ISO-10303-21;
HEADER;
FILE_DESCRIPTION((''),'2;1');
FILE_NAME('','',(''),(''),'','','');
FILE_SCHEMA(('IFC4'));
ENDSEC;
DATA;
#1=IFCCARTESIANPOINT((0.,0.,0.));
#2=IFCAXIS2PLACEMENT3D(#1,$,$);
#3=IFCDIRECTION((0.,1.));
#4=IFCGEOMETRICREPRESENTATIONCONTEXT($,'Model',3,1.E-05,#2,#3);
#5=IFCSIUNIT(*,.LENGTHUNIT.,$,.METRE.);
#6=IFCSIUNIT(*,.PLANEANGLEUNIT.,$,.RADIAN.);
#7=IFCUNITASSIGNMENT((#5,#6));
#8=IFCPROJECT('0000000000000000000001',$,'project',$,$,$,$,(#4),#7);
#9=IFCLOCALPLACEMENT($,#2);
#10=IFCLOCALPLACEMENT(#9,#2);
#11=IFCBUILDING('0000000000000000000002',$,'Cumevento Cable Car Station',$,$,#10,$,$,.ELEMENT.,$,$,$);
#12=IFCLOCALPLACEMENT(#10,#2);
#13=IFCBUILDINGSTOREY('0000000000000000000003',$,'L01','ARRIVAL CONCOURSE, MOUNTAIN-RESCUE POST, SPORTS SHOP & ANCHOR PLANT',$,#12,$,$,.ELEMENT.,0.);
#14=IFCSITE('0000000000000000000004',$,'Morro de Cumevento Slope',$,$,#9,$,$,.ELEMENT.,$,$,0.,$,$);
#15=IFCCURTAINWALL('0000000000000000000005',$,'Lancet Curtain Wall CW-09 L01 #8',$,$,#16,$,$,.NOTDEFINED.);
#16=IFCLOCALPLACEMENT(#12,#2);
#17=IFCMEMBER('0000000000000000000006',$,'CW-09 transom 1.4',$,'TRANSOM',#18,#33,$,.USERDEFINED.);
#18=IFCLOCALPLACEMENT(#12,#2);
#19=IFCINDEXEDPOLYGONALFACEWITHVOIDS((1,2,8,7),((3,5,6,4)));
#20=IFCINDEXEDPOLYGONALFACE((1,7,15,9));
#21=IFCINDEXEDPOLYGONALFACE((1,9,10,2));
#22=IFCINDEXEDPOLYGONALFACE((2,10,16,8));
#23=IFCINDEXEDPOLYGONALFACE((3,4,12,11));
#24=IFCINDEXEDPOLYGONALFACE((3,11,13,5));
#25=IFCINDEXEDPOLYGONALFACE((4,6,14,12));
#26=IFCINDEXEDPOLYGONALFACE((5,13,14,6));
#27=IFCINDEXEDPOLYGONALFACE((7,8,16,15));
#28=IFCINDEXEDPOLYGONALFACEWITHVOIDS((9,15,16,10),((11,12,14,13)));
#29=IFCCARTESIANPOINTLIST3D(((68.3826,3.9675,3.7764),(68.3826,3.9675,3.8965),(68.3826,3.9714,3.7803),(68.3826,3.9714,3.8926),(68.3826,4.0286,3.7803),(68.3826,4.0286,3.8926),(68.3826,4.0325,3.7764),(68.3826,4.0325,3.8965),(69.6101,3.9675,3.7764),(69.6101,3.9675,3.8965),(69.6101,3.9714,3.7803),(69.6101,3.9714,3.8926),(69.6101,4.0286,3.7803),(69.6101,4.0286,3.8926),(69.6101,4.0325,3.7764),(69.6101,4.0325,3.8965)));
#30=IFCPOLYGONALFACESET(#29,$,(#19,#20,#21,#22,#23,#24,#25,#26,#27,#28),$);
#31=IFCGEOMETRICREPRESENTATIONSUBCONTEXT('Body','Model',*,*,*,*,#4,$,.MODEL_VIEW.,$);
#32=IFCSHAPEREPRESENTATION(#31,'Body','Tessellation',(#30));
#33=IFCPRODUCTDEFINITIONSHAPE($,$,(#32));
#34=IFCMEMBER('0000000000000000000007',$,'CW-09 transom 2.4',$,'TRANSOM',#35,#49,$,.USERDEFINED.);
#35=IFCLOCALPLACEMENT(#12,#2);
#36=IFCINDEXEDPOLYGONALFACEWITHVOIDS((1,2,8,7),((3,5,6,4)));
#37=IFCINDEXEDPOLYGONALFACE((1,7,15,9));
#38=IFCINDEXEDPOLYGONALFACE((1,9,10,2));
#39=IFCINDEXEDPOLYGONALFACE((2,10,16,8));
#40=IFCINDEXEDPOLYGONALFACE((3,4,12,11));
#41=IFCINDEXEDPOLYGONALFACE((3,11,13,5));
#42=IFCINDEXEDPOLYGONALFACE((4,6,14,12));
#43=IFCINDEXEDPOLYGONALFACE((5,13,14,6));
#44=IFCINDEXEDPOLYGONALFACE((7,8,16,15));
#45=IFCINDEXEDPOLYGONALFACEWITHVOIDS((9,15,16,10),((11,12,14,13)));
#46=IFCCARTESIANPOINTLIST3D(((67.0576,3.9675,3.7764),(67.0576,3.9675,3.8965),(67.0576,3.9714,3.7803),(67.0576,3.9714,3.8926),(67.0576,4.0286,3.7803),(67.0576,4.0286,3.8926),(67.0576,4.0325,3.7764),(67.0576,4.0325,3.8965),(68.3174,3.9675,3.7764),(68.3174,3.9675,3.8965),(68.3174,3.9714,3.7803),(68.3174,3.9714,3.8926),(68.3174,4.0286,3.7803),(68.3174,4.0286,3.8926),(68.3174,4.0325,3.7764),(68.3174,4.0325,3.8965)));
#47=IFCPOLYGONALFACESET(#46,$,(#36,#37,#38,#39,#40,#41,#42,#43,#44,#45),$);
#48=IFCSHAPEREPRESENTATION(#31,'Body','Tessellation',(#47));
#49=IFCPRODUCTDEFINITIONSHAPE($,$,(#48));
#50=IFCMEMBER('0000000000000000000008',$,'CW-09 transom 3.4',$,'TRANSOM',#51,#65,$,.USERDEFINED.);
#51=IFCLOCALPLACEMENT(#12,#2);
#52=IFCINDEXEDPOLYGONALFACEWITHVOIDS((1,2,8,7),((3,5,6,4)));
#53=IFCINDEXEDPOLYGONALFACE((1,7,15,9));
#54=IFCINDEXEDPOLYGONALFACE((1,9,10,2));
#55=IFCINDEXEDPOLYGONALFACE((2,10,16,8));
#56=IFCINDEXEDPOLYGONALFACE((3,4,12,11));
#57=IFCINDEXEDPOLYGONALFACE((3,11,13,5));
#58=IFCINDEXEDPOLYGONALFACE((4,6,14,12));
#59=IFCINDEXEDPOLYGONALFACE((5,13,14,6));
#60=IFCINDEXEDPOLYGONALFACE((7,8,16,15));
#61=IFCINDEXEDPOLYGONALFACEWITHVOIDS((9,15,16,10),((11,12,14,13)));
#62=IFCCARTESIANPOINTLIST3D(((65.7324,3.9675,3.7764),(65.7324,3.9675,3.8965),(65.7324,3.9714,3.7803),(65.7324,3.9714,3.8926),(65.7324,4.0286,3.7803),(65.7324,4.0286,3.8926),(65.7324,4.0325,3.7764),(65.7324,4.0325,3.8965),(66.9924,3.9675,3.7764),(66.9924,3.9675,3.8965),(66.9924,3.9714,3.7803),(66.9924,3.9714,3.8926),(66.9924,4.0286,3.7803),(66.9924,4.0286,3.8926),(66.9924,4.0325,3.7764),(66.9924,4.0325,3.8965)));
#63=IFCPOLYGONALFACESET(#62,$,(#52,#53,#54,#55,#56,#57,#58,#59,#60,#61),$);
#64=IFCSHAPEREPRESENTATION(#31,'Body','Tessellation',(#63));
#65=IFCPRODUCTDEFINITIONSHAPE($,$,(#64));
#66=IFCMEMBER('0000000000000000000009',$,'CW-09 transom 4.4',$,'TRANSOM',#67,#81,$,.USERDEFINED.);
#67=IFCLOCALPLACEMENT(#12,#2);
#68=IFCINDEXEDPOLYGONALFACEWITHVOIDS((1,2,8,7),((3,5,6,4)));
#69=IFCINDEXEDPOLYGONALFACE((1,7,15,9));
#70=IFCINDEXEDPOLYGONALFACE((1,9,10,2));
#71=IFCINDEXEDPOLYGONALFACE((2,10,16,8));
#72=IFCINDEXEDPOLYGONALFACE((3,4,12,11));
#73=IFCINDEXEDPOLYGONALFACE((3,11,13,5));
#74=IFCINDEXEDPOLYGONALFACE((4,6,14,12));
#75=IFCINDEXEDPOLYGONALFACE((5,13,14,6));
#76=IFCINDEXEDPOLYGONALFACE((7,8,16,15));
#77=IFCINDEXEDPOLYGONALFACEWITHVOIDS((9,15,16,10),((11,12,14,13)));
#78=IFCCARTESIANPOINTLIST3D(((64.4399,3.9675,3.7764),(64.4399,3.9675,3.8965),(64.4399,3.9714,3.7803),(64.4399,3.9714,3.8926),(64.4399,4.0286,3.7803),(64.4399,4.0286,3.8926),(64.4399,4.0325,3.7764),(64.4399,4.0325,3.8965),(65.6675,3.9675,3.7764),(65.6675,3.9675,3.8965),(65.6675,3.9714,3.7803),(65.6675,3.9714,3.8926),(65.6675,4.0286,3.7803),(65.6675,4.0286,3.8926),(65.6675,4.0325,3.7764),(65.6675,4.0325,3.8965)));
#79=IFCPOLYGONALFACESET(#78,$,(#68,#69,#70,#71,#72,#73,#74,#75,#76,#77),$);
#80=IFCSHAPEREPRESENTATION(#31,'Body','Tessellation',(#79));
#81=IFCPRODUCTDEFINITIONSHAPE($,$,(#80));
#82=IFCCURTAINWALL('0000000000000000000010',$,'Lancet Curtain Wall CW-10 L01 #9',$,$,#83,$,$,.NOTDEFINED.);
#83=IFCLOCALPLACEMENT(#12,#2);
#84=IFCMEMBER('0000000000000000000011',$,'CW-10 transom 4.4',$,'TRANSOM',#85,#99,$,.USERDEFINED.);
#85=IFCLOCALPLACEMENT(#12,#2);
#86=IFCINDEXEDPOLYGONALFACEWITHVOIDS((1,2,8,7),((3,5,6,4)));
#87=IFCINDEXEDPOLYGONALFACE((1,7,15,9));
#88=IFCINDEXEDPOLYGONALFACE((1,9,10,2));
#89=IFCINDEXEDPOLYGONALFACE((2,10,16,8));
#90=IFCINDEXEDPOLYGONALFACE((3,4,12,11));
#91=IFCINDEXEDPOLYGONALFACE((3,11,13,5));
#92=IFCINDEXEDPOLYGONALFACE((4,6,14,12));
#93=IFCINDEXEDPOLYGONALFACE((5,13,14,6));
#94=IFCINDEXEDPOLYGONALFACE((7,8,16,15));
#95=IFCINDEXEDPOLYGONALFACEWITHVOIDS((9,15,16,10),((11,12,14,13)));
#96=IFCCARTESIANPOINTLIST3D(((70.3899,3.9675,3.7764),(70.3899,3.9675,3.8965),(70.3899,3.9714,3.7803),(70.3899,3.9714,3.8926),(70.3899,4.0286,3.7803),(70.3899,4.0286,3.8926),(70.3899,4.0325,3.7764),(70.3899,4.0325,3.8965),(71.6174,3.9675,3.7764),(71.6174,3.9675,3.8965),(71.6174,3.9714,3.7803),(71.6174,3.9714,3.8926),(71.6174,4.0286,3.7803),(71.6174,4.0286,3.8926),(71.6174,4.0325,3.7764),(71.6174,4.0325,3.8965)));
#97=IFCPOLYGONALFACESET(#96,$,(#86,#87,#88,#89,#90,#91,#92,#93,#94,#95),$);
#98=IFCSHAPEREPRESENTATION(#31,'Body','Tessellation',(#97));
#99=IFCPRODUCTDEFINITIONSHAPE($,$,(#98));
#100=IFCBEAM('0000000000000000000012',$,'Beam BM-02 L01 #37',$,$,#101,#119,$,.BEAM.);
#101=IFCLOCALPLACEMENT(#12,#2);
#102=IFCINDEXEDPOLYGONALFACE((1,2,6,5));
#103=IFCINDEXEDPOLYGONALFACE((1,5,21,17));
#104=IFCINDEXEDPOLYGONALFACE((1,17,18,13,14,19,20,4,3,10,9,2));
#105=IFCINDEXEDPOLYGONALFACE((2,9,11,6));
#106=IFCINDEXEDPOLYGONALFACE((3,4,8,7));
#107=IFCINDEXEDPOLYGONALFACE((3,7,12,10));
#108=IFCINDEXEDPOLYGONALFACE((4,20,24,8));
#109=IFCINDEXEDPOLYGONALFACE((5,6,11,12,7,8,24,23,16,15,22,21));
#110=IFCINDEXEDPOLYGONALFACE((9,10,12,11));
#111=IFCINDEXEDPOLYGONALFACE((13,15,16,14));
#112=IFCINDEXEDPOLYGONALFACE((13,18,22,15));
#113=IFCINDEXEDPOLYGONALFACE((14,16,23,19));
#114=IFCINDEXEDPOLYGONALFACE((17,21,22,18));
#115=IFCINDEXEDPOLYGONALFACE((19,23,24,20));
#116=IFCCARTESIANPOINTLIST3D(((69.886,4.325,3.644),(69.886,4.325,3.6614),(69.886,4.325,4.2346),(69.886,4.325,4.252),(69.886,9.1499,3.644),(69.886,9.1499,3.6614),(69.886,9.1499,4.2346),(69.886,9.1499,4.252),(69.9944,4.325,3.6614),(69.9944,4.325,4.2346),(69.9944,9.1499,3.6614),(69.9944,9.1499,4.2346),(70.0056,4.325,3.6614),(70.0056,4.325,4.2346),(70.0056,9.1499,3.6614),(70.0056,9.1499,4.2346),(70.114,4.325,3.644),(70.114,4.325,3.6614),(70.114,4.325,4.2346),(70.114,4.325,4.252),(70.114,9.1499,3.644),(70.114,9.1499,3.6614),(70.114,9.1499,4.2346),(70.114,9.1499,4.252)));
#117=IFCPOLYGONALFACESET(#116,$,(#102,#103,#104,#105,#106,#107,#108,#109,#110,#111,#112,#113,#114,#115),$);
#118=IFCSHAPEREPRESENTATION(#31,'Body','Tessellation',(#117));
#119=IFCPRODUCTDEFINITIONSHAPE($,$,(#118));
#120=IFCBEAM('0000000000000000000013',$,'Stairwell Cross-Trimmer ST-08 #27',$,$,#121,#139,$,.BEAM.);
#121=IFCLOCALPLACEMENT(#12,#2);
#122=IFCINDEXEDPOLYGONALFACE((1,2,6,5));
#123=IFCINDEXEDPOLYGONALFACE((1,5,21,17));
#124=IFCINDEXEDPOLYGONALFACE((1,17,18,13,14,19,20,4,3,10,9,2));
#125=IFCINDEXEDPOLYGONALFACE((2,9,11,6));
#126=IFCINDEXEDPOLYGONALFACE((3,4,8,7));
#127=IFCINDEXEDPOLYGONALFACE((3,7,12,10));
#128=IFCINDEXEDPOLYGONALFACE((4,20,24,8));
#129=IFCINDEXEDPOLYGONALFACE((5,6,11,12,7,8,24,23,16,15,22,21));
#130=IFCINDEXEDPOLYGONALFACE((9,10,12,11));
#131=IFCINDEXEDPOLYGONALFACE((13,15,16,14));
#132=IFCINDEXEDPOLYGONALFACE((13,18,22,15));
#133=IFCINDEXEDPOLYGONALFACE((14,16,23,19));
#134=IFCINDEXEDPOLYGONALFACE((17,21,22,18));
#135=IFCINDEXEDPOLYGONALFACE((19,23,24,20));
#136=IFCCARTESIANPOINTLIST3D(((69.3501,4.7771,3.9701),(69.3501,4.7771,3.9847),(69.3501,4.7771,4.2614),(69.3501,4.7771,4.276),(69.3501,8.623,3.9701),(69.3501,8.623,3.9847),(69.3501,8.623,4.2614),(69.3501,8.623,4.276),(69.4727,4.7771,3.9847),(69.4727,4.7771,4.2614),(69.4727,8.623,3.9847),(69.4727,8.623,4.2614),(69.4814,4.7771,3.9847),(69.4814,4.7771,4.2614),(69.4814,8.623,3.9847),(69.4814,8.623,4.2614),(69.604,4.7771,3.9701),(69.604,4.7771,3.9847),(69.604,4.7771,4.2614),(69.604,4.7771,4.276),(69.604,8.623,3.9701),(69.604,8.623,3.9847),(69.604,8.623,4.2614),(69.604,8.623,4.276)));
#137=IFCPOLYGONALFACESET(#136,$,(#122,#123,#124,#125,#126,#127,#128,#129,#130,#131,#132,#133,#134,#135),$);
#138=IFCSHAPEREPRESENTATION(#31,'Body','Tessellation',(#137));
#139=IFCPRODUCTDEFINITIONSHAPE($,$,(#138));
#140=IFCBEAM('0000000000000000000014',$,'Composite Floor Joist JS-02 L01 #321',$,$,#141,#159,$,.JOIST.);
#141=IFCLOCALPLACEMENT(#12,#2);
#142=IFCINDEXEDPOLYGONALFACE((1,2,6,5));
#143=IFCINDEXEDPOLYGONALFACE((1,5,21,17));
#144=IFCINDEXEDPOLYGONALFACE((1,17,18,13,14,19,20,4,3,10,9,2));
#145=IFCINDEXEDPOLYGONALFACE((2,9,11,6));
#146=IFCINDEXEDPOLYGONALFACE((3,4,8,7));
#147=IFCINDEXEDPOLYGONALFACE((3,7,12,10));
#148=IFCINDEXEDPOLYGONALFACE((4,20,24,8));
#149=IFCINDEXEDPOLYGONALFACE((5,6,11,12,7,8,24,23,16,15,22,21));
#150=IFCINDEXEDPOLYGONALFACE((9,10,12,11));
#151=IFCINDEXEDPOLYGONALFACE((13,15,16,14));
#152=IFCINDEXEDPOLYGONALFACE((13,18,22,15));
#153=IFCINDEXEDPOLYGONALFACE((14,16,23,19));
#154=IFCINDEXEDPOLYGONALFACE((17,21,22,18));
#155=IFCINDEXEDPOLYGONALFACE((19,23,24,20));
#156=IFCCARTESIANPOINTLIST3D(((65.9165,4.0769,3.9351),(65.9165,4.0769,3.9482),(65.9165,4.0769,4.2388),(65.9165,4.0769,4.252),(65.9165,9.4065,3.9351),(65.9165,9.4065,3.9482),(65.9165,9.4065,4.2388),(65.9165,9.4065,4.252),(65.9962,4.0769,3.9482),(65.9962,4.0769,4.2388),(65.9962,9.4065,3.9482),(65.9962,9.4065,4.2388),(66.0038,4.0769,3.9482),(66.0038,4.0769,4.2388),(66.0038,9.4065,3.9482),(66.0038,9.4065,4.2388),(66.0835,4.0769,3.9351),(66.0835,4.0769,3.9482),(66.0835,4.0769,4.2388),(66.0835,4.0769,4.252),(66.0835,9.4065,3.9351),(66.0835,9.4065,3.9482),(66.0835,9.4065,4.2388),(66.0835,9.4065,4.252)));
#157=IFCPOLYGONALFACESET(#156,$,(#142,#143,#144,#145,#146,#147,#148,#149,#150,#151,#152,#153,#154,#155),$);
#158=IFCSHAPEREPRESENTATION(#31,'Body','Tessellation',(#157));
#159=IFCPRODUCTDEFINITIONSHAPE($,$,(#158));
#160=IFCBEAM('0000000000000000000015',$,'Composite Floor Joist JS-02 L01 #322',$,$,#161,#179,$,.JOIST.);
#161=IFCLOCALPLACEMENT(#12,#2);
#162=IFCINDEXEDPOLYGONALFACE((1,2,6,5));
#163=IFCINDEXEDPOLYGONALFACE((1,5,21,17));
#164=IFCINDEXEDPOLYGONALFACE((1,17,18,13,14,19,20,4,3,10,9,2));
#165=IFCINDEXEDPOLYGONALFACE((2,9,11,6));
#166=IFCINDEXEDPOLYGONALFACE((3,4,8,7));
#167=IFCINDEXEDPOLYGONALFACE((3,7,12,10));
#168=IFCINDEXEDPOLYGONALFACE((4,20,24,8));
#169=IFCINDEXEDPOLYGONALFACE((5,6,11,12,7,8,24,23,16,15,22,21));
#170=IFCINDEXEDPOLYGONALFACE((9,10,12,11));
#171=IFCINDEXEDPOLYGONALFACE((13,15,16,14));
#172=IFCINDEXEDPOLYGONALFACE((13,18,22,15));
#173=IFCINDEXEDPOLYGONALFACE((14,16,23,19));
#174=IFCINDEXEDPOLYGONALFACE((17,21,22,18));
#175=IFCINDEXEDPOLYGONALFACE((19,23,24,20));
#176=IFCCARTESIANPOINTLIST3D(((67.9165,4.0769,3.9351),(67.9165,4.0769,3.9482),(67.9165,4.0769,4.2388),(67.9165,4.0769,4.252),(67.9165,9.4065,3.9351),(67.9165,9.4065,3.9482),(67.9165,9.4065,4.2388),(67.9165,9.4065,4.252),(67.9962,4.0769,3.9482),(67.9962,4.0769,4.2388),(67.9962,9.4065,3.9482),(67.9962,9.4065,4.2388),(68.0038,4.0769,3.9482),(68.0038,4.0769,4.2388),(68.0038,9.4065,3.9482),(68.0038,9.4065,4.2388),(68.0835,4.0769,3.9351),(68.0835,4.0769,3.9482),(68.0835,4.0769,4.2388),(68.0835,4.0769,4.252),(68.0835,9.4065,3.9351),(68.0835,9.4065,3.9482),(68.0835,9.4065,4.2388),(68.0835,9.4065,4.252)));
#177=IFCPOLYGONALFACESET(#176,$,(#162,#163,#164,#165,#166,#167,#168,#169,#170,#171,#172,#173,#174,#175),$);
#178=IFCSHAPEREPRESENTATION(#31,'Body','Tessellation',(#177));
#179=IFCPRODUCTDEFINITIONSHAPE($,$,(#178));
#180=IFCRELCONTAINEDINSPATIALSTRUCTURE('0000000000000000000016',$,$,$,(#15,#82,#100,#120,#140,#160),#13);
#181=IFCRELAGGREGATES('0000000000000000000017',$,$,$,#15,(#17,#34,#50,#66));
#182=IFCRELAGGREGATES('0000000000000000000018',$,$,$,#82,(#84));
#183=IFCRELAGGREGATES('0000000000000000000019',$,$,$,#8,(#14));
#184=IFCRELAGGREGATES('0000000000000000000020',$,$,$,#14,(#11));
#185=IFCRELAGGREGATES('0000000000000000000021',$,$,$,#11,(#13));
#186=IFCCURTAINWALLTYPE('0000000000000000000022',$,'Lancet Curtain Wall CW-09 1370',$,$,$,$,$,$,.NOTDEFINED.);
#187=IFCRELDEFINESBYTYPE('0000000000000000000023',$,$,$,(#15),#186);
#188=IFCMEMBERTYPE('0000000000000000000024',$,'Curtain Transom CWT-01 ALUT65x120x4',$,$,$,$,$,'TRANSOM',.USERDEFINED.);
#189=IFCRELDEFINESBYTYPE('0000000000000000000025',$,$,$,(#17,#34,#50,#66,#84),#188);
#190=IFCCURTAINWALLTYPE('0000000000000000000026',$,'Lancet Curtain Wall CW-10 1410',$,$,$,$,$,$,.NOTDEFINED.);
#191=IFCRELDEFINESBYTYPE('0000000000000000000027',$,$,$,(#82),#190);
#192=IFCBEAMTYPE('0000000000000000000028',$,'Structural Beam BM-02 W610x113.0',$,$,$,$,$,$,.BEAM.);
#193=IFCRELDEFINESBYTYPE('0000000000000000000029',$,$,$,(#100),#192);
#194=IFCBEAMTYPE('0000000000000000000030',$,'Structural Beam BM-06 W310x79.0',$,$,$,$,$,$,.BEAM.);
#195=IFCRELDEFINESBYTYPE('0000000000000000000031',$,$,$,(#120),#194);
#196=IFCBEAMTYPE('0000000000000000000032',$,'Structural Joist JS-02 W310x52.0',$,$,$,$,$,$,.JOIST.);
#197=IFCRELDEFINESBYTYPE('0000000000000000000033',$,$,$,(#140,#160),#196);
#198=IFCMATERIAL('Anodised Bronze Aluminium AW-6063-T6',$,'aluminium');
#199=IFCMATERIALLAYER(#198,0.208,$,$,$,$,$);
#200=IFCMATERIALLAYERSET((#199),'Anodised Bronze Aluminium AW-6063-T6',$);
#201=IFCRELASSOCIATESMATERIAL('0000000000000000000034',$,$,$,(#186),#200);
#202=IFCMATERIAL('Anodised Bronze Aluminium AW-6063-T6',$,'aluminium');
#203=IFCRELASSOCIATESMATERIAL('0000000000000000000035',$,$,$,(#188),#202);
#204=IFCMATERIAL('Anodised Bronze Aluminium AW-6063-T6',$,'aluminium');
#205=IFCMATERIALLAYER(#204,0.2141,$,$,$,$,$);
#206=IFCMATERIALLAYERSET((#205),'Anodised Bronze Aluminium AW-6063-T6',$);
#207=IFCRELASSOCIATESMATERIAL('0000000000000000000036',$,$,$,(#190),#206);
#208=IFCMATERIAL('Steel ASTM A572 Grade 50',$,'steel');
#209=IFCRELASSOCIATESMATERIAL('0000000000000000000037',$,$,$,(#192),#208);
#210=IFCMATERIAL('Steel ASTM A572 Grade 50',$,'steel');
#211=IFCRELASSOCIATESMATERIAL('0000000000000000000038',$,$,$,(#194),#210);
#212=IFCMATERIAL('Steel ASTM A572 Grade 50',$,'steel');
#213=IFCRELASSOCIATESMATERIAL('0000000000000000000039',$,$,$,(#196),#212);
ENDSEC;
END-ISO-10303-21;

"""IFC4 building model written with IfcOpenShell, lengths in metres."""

from ifc_helpers import new_model, si_unit, direction, frame, origin, origin_2d, place, context, subcontext, project, spatial, hollow_rectangle, i_section, extrude, material, layer, layer_set, material_profile, profile_set, type_object, element, aggregate, save


model = new_model("IFC4")

# Units and contexts
model_context = context("Model", 3, precision=1e-05, world=origin(), true_north=direction((0.0, 1.0)))
body_context = subcontext(model_context, "Body", "Model", "MODEL_VIEW")
ifc_project = project(units=[si_unit("LENGTHUNIT", "METRE"), si_unit("PLANEANGLEUNIT", "RADIAN")], contexts=[model_context])

# Site, building, storey
site_placement = place(None, origin())
site = spatial("IfcSite", under=ifc_project, at=site_placement, Name="Morro de Cumevento Slope", CompositionType="ELEMENT", RefElevation=0.0)
building_placement = place(site_placement, origin())
building = spatial("IfcBuilding", under=site, at=building_placement, Name="Cumevento Cable Car Station", CompositionType="ELEMENT")
storey_placement = place(building_placement, origin())
storey = spatial("IfcBuildingStorey", under=building, at=storey_placement, Name="L01", Description="ARRIVAL CONCOURSE, MOUNTAIN-RESCUE POST, SPORTS SHOP & ANCHOR PLANT", CompositionType="ELEMENT", Elevation=0.0)

# Curtain wall, members
ifc_material_1 = material(Name="Anodised Bronze Aluminium AW-6063-T6", Category="aluminium")
ifc_layer_1 = layer(ifc_material_1, 0.208)
ifc_layer_set_1 = layer_set([ifc_layer_1], Name="Anodised Bronze Aluminium AW-6063-T6")
curtain_wall_type_1 = type_object("IfcCurtainWallType", Name="Lancet Curtain Wall CW-09 1370", PredefinedType="NOTDEFINED", material=ifc_layer_set_1)
curtain_wall_1_placement = place(storey_placement, origin())
curtain_wall_1 = element("IfcCurtainWall", 1, at=curtain_wall_1_placement, inside=storey, type_object=curtain_wall_type_1, Name="Lancet Curtain Wall CW-09 L01 #8", PredefinedType="NOTDEFINED")
ifc_material_2 = material(Name="Anodised Bronze Aluminium AW-6063-T6", Category="aluminium")
ifc_material_profile_1 = material_profile(ifc_material_2, hollow_rectangle(XDim=0.0649, YDim=0.1201, WallThickness=0.0039, at=origin_2d()), Name="ALUT65x120x4")
ifc_profile_set_1 = profile_set([ifc_material_profile_1], Name="Anodised Bronze Aluminium AW-6063-T6")
member_type = type_object("IfcMemberType", Name="Curtain Transom CWT-01 ALUT65x120x4", ElementType="TRANSOM", PredefinedType="USERDEFINED", material=ifc_profile_set_1)
member_1_placement = place(storey_placement, frame((69.6101, 4.0, 3.8364), z_axis=(-1.0, 0.0, 0.0), x_axis=(0.0, -1.0, 0.0)))
member_1 = element("IfcMember", 2, at=member_1_placement, type_object=member_type, Name="CW-09 transom 1.4", ObjectType="TRANSOM", PredefinedType="USERDEFINED", context=body_context, shape_type="SweptSolid", body=[
    extrude(hollow_rectangle(XDim=0.0649, YDim=0.1201, WallThickness=0.0039, at=origin_2d()), origin(), (0.0, 0.0, 1.0), 1.2275),
])
member_2_placement = place(storey_placement, frame((68.3174, 4.0, 3.8364), z_axis=(-1.0, 0.0, 0.0), x_axis=(0.0, -1.0, 0.0)))
member_2 = element("IfcMember", 3, at=member_2_placement, type_object=member_type, Name="CW-09 transom 2.4", ObjectType="TRANSOM", PredefinedType="USERDEFINED", context=body_context, shape_type="SweptSolid", body=[
    extrude(hollow_rectangle(XDim=0.0649, YDim=0.1201, WallThickness=0.0039, at=origin_2d()), origin(), (0.0, 0.0, 1.0), 1.2598),
])
member_3_placement = place(storey_placement, frame((66.9924, 4.0, 3.8364), z_axis=(-1.0, 0.0, 0.0), x_axis=(0.0, -1.0, 0.0)))
member_3 = element("IfcMember", 4, at=member_3_placement, type_object=member_type, Name="CW-09 transom 3.4", ObjectType="TRANSOM", PredefinedType="USERDEFINED", context=body_context, shape_type="SweptSolid", body=[
    extrude(hollow_rectangle(XDim=0.0649, YDim=0.1201, WallThickness=0.0039, at=origin_2d()), origin(), (0.0, 0.0, 1.0), 1.26),
])
member_4_placement = place(storey_placement, frame((65.6675, 4.0, 3.8364), z_axis=(-1.0, 0.0, 0.0), x_axis=(0.0, -1.0, 0.0)))
member_4 = element("IfcMember", 5, at=member_4_placement, type_object=member_type, Name="CW-09 transom 4.4", ObjectType="TRANSOM", PredefinedType="USERDEFINED", context=body_context, shape_type="SweptSolid", body=[
    extrude(hollow_rectangle(XDim=0.0649, YDim=0.1201, WallThickness=0.0039, at=origin_2d()), origin(), (0.0, 0.0, 1.0), 1.2275),
])

# Curtain wall, member
ifc_material_3 = material(Name="Anodised Bronze Aluminium AW-6063-T6", Category="aluminium")
ifc_layer_2 = layer(ifc_material_3, 0.2141)
ifc_layer_set_2 = layer_set([ifc_layer_2], Name="Anodised Bronze Aluminium AW-6063-T6")
curtain_wall_type_2 = type_object("IfcCurtainWallType", Name="Lancet Curtain Wall CW-10 1410", PredefinedType="NOTDEFINED", material=ifc_layer_set_2)
curtain_wall_2_placement = place(storey_placement, origin())
curtain_wall_2 = element("IfcCurtainWall", 6, at=curtain_wall_2_placement, inside=storey, type_object=curtain_wall_type_2, Name="Lancet Curtain Wall CW-10 L01 #9", PredefinedType="NOTDEFINED")
member_5_placement = place(storey_placement, frame((71.6174, 4.0, 3.8364), z_axis=(-1.0, 0.0, 0.0), x_axis=(0.0, -1.0, 0.0)))
member_5 = element("IfcMember", 7, at=member_5_placement, type_object=member_type, Name="CW-10 transom 4.4", ObjectType="TRANSOM", PredefinedType="USERDEFINED", context=body_context, shape_type="SweptSolid", body=[
    extrude(hollow_rectangle(XDim=0.0649, YDim=0.1201, WallThickness=0.0039, at=origin_2d()), origin(), (0.0, 0.0, 1.0), 1.2275),
])

# Beams
ifc_material_4 = material(Name="Steel ASTM A572 Grade 50", Category="steel")
ifc_material_profile_2 = material_profile(ifc_material_4, i_section(OverallWidth=0.228, OverallDepth=0.6079, WebThickness=0.0112, FlangeThickness=0.0173, at=origin_2d()), Name="W610x113.0")
ifc_profile_set_2 = profile_set([ifc_material_profile_2], Name="Steel ASTM A572 Grade 50")
beam_type_1 = type_object("IfcBeamType", Name="Structural Beam BM-02 W610x113.0", PredefinedType="BEAM", material=ifc_profile_set_2)
beam_1_placement = place(storey_placement, frame((70.0, 4.325, 3.948), z_axis=(0.0, 1.0, 0.0), x_axis=(-1.0, 0.0, 0.0)))
element("IfcBeam", 8, at=beam_1_placement, inside=storey, type_object=beam_type_1, Name="Beam BM-02 L01 #37", PredefinedType="BEAM", context=body_context, shape_type="SweptSolid", body=[
    extrude(i_section(OverallWidth=0.228, OverallDepth=0.6079, WebThickness=0.0112, FlangeThickness=0.0173, at=origin_2d()), origin(), (0.0, 0.0, 1.0), 4.825),
])
ifc_material_5 = material(Name="Steel ASTM A572 Grade 50", Category="steel")
ifc_material_profile_3 = material_profile(ifc_material_5, i_section(OverallWidth=0.2539, OverallDepth=0.3059, WebThickness=0.0088, FlangeThickness=0.0146, at=origin_2d()), Name="W310x79.0")
ifc_profile_set_3 = profile_set([ifc_material_profile_3], Name="Steel ASTM A572 Grade 50")
beam_type_2 = type_object("IfcBeamType", Name="Structural Beam BM-06 W310x79.0", PredefinedType="BEAM", material=ifc_profile_set_3)
beam_2_placement = place(storey_placement, frame((69.4771, 4.7771, 4.123), z_axis=(0.0, 1.0, 0.0), x_axis=(-1.0, 0.0, 0.0)))
element("IfcBeam", 9, at=beam_2_placement, inside=storey, type_object=beam_type_2, Name="Stairwell Cross-Trimmer ST-08 #27", PredefinedType="BEAM", context=body_context, shape_type="SweptSolid", body=[
    extrude(i_section(OverallWidth=0.2539, OverallDepth=0.3059, WebThickness=0.0088, FlangeThickness=0.0146, at=origin_2d()), origin(), (0.0, 0.0, 1.0), 3.8459),
])
ifc_material_6 = material(Name="Steel ASTM A572 Grade 50", Category="steel")
ifc_material_profile_4 = material_profile(ifc_material_6, i_section(OverallWidth=0.167, OverallDepth=0.3169, WebThickness=0.0076, FlangeThickness=0.0132, at=origin_2d()), Name="W310x52.0")
ifc_profile_set_4 = profile_set([ifc_material_profile_4], Name="Steel ASTM A572 Grade 50")
beam_type_3 = type_object("IfcBeamType", Name="Structural Joist JS-02 W310x52.0", PredefinedType="JOIST", material=ifc_profile_set_4)
for number, where, z_axis, x_axis, name in (
    (10, (66.0, 4.0769, 4.0935), (0.0, 1.0, 0.0), (-1.0, 0.0, 0.0), "Composite Floor Joist JS-02 L01 #321"),
    (11, (68.0, 4.0769, 4.0935), (0.0, 1.0, 0.0), (-1.0, 0.0, 0.0), "Composite Floor Joist JS-02 L01 #322"),
):
    element("IfcBeam", number, at=place(storey_placement, frame(where, z_axis=z_axis, x_axis=x_axis)), inside=storey, type_object=beam_type_3, Name=name, PredefinedType="JOIST", context=body_context, shape_type="SweptSolid", body=[
        extrude(i_section(OverallWidth=0.167, OverallDepth=0.3169, WebThickness=0.0076, FlangeThickness=0.0132, at=origin_2d()), origin(), (0.0, 0.0, 1.0), 5.3296),
    ])

aggregate(curtain_wall_1, [member_1, member_2, member_3, member_4])
aggregate(curtain_wall_2, [member_5])

save(model, "model.ifc")
